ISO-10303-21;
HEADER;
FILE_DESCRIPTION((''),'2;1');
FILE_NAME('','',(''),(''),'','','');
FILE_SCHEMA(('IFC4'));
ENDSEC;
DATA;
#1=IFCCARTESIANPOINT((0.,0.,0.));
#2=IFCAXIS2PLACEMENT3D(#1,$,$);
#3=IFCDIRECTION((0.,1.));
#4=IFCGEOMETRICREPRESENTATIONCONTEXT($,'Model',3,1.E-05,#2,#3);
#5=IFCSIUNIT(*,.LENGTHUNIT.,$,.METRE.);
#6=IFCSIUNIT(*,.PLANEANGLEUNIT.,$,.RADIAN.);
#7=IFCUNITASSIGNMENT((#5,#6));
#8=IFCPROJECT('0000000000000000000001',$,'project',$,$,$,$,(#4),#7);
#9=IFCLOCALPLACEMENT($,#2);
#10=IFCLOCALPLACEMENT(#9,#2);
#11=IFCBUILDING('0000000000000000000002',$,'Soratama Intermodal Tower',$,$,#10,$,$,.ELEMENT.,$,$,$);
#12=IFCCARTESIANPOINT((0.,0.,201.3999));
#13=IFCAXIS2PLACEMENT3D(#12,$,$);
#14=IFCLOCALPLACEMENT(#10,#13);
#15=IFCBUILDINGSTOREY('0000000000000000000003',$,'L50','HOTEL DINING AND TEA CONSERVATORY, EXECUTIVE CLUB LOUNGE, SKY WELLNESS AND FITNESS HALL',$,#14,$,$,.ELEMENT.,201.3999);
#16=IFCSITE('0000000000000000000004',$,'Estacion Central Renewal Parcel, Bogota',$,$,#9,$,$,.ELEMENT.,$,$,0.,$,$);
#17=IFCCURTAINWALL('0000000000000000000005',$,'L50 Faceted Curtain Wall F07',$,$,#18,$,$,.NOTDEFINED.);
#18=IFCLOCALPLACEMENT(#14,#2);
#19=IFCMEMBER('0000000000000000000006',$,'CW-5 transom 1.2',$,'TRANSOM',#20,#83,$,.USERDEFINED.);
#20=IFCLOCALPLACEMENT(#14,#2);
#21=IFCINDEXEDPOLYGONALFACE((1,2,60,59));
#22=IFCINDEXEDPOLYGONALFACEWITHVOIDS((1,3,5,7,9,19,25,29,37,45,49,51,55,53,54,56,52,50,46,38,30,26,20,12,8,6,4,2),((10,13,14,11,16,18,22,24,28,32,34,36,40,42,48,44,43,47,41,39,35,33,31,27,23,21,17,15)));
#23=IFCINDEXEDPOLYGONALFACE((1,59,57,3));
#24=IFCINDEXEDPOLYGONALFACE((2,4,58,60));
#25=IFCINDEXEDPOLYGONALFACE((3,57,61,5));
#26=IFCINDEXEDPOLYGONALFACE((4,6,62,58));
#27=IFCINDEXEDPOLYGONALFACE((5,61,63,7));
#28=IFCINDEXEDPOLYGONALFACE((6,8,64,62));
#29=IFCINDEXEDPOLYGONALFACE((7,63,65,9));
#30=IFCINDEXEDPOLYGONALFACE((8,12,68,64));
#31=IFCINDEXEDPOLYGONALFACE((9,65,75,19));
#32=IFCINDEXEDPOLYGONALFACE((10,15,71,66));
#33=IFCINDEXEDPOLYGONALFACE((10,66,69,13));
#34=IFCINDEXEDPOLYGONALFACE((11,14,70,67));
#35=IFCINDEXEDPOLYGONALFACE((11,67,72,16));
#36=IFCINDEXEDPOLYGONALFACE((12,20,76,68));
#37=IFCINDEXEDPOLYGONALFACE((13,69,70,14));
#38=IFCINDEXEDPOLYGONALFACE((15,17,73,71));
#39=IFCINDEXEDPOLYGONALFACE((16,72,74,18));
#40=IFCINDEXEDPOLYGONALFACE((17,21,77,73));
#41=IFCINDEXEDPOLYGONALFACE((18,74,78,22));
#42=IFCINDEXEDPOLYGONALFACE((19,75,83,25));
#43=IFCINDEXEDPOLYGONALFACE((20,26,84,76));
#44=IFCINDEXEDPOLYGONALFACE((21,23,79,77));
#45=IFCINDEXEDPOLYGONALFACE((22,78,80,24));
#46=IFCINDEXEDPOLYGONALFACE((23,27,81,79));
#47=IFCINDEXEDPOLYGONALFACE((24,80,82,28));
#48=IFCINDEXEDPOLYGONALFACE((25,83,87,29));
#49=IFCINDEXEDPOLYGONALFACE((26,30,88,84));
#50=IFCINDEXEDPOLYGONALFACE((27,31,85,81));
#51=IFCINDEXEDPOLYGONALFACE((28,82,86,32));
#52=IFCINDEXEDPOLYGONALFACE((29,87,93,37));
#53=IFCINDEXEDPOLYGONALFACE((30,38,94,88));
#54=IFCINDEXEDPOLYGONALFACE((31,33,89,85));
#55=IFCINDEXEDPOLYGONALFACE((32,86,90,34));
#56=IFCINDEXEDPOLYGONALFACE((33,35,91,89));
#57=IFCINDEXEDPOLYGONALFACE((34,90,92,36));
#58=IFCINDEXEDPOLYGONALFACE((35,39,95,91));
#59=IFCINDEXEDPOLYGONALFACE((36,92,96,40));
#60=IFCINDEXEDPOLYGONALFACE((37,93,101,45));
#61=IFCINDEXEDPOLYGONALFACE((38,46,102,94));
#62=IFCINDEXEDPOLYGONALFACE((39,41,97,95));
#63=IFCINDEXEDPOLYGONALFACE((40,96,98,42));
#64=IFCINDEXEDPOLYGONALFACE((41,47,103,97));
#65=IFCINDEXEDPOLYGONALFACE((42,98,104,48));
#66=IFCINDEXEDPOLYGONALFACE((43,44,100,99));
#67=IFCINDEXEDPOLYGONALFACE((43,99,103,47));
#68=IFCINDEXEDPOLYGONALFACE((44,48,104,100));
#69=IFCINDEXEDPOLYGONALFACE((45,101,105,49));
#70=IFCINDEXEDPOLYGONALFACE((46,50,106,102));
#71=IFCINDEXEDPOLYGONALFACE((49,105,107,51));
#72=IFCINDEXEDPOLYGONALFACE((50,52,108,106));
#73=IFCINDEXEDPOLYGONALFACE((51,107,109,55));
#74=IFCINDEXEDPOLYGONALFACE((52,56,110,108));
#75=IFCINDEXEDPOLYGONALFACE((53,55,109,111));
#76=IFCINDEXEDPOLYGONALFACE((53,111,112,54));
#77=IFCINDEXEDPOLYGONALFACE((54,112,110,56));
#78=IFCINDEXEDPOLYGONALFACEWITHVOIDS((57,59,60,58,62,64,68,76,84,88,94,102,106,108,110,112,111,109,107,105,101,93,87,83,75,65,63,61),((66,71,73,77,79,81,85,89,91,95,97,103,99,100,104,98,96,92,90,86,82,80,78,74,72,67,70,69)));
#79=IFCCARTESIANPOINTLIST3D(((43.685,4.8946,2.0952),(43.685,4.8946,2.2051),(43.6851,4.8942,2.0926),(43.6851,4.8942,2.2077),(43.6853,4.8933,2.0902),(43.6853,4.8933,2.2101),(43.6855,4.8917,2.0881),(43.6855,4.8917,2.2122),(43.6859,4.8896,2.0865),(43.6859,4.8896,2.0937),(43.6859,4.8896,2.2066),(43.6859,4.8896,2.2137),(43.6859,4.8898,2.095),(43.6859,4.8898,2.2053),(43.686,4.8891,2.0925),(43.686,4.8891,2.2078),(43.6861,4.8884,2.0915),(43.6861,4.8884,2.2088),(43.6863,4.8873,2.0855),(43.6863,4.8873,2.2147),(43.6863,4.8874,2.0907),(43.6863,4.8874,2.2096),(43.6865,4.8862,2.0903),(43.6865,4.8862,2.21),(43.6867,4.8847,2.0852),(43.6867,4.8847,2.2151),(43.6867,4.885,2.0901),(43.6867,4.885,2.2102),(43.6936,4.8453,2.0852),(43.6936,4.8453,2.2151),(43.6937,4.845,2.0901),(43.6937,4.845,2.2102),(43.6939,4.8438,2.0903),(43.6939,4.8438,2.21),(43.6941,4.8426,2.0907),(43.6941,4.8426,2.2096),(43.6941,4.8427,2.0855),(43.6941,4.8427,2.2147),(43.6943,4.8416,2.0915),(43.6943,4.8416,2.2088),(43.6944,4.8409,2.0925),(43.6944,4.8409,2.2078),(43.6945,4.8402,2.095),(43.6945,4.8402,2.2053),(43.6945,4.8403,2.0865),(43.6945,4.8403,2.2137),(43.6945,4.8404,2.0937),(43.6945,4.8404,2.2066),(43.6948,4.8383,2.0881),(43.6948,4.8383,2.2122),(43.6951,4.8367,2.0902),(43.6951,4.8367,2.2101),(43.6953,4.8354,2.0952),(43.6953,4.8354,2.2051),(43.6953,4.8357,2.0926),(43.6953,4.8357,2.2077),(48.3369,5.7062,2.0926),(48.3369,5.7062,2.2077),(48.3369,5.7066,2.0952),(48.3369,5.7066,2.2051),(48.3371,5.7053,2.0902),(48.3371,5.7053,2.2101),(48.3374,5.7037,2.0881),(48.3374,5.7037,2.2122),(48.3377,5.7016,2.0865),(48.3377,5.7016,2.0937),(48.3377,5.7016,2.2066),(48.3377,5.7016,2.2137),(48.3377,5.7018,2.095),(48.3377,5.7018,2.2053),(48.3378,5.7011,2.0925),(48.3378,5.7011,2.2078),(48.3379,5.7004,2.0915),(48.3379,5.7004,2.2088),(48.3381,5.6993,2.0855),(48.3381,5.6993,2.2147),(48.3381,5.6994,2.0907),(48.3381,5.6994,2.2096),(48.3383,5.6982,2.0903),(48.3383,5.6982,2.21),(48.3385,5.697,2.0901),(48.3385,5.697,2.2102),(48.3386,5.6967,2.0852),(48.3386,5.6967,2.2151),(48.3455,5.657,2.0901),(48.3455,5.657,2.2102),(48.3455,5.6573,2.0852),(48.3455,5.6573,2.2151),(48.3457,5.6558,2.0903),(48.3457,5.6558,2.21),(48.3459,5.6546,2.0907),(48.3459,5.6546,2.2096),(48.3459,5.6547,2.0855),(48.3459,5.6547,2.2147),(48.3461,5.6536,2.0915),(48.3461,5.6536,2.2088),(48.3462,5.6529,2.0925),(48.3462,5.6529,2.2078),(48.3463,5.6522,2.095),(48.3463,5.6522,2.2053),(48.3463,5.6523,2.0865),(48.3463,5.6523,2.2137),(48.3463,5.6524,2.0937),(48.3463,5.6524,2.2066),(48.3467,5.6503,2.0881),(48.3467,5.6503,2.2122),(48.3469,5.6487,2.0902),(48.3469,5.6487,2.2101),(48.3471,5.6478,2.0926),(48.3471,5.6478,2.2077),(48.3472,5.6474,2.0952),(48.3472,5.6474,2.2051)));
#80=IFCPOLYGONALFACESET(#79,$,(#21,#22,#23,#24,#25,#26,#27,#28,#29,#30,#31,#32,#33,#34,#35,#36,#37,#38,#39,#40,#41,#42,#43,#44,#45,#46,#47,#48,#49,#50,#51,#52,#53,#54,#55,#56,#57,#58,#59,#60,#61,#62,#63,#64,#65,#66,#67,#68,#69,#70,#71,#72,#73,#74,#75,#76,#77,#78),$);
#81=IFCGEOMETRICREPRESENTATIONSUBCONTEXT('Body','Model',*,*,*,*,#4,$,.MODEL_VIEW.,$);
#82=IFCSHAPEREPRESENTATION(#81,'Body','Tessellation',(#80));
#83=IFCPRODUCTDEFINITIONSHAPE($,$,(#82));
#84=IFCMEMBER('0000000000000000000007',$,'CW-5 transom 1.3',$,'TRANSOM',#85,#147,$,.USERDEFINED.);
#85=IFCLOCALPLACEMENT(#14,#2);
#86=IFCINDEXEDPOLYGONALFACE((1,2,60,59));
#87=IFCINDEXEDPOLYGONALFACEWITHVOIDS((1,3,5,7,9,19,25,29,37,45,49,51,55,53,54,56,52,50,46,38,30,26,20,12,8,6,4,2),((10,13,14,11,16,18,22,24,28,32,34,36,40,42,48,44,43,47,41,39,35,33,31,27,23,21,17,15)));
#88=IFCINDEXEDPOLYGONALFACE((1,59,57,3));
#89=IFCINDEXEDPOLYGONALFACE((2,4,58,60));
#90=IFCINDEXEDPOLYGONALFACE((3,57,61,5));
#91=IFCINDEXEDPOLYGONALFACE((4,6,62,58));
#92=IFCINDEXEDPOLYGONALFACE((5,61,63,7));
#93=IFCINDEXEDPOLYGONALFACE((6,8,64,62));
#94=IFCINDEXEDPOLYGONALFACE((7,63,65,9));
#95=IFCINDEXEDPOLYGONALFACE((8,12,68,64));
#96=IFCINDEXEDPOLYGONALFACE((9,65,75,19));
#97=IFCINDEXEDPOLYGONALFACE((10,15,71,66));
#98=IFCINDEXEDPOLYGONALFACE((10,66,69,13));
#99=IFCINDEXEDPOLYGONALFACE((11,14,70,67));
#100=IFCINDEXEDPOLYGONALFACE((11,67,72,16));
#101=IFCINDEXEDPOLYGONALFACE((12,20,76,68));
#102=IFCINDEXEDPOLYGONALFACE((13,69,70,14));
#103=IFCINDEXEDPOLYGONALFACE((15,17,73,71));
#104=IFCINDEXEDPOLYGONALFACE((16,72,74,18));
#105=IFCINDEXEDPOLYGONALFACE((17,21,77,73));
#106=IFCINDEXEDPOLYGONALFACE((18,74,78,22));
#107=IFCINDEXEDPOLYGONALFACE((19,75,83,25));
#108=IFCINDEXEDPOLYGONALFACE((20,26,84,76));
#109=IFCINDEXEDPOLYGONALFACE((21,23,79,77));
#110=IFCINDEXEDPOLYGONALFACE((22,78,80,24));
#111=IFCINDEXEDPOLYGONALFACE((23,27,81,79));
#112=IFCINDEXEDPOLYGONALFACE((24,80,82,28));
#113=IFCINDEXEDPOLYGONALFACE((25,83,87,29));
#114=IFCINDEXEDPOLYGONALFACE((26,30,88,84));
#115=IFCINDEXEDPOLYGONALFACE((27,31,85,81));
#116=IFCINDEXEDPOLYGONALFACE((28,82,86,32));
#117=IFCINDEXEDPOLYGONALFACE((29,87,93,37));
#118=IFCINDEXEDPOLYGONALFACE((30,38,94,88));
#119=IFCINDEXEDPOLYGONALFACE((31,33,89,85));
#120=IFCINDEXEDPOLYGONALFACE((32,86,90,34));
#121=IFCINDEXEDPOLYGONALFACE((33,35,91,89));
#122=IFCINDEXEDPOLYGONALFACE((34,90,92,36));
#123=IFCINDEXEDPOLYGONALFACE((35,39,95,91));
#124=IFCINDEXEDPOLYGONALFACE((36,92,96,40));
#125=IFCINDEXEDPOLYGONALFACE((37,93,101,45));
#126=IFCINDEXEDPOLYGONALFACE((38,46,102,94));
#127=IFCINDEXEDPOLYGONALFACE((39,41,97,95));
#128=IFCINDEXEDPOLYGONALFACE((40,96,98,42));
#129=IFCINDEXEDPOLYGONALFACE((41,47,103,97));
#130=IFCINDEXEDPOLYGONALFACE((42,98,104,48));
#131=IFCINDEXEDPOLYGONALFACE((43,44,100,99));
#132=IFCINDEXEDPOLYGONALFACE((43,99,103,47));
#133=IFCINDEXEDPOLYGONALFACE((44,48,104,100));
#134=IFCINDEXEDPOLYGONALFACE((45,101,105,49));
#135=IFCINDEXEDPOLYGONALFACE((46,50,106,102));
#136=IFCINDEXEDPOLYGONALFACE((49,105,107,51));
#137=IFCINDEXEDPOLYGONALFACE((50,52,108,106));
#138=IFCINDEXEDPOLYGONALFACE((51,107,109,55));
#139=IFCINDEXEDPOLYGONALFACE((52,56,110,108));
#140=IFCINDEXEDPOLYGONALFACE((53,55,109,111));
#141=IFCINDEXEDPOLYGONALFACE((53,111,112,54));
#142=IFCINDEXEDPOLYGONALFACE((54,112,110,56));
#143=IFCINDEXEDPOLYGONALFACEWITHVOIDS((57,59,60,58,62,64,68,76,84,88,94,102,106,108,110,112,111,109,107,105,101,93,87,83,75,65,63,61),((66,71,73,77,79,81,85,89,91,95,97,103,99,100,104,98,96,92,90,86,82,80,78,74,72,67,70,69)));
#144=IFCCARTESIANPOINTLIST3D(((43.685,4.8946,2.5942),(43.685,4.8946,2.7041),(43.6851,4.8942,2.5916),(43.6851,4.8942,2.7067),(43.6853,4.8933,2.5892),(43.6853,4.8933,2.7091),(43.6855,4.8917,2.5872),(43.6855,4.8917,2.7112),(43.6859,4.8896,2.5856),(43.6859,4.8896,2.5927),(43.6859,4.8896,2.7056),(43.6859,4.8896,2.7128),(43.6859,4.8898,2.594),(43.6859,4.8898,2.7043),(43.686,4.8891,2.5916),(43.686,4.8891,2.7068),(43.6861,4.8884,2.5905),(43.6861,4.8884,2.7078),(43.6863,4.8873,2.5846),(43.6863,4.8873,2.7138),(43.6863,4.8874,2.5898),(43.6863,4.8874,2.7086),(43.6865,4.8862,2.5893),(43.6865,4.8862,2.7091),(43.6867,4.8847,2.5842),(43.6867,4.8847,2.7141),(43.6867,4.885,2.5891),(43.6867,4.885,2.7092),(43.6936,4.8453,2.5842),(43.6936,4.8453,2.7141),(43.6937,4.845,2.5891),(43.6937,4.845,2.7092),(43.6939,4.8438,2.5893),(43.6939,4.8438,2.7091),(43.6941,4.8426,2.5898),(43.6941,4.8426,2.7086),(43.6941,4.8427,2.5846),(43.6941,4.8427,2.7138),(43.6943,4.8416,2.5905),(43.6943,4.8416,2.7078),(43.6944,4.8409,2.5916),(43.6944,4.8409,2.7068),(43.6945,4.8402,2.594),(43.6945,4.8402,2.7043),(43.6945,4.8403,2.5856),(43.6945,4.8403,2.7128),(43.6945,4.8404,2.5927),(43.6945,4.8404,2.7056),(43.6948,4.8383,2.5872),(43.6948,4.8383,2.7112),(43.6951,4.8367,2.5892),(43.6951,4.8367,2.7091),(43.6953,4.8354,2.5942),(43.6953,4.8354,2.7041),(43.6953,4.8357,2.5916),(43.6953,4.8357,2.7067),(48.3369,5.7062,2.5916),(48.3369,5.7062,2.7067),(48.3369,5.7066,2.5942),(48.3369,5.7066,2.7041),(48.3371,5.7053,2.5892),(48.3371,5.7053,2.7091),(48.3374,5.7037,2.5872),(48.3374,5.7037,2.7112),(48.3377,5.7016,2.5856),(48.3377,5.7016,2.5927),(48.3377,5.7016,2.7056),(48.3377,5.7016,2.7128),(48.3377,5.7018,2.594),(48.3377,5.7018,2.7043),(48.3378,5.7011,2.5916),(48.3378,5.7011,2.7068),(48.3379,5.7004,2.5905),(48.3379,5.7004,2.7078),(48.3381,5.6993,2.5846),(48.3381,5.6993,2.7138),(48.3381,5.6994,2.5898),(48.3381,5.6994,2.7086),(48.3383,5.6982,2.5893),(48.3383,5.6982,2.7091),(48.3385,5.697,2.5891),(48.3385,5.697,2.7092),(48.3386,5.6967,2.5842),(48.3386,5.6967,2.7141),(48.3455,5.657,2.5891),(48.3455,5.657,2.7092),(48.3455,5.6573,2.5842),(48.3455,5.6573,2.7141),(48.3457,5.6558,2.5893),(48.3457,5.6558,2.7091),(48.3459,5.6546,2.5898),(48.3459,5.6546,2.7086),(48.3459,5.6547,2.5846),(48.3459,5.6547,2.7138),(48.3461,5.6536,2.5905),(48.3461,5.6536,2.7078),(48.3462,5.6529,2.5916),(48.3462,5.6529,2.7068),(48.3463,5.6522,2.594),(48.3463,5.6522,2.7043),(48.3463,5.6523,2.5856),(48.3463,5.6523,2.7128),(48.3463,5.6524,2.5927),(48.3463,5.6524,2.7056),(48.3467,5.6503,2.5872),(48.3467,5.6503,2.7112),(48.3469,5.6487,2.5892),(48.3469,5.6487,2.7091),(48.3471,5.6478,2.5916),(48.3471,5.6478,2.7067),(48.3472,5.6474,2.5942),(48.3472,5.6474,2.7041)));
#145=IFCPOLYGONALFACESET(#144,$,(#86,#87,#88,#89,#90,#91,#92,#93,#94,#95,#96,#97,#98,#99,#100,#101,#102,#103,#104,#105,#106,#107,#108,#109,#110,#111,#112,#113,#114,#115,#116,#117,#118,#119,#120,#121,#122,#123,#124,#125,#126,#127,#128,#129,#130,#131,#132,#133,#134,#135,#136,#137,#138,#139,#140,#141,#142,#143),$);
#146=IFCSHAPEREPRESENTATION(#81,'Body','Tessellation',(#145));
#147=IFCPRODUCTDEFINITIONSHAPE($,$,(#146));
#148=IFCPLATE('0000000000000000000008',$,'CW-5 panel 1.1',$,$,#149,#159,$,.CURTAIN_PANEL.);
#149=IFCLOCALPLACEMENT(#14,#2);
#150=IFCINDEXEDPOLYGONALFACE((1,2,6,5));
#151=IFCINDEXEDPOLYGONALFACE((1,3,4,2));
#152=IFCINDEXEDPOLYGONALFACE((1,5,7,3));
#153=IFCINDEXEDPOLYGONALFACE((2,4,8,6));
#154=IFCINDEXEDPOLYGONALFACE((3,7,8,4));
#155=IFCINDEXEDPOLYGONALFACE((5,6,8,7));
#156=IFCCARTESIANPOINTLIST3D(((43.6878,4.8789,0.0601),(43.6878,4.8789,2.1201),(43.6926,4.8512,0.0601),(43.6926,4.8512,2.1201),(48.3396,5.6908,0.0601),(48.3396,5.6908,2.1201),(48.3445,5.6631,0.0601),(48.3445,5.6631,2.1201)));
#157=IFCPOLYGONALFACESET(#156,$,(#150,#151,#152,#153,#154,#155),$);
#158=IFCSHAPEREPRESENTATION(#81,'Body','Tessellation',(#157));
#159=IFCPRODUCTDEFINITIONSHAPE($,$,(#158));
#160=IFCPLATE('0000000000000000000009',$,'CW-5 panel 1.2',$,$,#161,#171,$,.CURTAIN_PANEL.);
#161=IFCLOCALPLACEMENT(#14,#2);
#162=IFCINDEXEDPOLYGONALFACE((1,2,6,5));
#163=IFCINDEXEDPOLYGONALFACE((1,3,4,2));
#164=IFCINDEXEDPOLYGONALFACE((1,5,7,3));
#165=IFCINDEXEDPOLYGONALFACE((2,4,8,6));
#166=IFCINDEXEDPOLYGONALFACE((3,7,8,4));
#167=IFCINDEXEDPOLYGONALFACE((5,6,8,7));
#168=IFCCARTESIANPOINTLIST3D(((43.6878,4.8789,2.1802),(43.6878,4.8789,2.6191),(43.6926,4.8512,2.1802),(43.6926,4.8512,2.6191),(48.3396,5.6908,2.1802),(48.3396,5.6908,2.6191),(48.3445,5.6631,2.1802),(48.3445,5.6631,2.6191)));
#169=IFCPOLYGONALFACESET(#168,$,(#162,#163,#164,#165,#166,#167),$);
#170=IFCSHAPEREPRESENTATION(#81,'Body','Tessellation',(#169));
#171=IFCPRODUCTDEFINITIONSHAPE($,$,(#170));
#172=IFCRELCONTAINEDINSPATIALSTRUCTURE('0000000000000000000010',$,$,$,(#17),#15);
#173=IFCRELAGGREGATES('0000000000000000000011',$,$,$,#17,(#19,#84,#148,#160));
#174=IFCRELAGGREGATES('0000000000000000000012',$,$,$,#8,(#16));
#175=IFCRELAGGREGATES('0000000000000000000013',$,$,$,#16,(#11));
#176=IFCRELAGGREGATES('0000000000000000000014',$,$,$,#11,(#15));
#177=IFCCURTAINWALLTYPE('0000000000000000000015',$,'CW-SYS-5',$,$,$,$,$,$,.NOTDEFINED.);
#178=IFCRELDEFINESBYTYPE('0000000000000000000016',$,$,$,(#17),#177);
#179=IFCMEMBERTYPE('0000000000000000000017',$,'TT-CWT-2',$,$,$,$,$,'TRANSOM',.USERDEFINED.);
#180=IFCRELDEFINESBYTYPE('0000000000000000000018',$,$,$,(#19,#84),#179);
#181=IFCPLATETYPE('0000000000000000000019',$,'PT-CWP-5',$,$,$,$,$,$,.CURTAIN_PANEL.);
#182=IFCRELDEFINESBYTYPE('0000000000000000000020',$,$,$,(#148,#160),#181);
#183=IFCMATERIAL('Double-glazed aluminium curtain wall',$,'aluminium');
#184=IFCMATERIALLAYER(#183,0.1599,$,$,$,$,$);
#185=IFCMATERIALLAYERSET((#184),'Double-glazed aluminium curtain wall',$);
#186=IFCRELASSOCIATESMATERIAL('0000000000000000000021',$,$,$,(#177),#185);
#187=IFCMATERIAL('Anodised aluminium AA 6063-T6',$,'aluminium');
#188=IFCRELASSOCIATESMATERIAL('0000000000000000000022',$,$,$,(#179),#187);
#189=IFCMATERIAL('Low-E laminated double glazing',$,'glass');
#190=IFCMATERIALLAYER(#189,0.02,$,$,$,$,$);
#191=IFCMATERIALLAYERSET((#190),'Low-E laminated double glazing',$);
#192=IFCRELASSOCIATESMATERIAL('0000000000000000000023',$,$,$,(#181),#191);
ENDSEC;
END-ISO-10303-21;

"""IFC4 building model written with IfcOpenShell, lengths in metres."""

from ifc_helpers import new_model, si_unit, direction, frame, origin, origin_2d, place, context, subcontext, project, spatial, rectangle, hollow_rectangle, extrude, material, layer, layer_set, material_profile, profile_set, type_object, element, aggregate, save


model = new_model("IFC4")

# Units and contexts
model_context = context("Model", 3, precision=1e-05, world=origin(), true_north=direction((0.0, 1.0)))
body_context = subcontext(model_context, "Body", "Model", "MODEL_VIEW")
ifc_project = project(units=[si_unit("LENGTHUNIT", "METRE"), si_unit("PLANEANGLEUNIT", "RADIAN")], contexts=[model_context])

# Site, building, storey
site_placement = place(None, origin())
site = spatial("IfcSite", under=ifc_project, at=site_placement, Name="Estacion Central Renewal Parcel, Bogota", CompositionType="ELEMENT", RefElevation=0.0)
building_placement = place(site_placement, origin())
building = spatial("IfcBuilding", under=site, at=building_placement, Name="Soratama Intermodal Tower", CompositionType="ELEMENT")
storey_placement = place(building_placement, frame((0.0, 0.0, 201.3999)))
storey = spatial("IfcBuildingStorey", under=building, at=storey_placement, Name="L50", Description="HOTEL DINING AND TEA CONSERVATORY, EXECUTIVE CLUB LOUNGE, SKY WELLNESS AND FITNESS HALL", CompositionType="ELEMENT", Elevation=201.3999)

# Shared definitions
ifc_material_1 = material(Name="Double-glazed aluminium curtain wall", Category="aluminium")
ifc_layer_1 = layer(ifc_material_1, 0.1599)
ifc_layer_set_1 = layer_set([ifc_layer_1], Name="Double-glazed aluminium curtain wall")
curtain_wall_type = type_object("IfcCurtainWallType", Name="CW-SYS-5", PredefinedType="NOTDEFINED", material=ifc_layer_set_1)

# Curtain wall, members, plates
curtain_wall_1_placement = place(storey_placement, origin())
curtain_wall_1 = element("IfcCurtainWall", 1, at=curtain_wall_1_placement, inside=storey, type_object=curtain_wall_type, Name="L50 Faceted Curtain Wall F07", PredefinedType="NOTDEFINED")
ifc_material_2 = material(Name="Anodised aluminium AA 6063-T6", Category="aluminium")
ifc_material_profile_1 = material_profile(ifc_material_2, hollow_rectangle(XDim=0.0601, YDim=0.1299, WallThickness=0.0049, InnerFilletRadius=0.0049, OuterFilletRadius=0.01, at=origin_2d()), Name="CWT130X60X5")
ifc_profile_set_1 = profile_set([ifc_material_profile_1], Name="Anodised aluminium AA 6063-T6")
member_type_1 = type_object("IfcMemberType", Name="TT-CWT-2", ElementType="TRANSOM", PredefinedType="USERDEFINED", material=ifc_profile_set_1)
member_1_placement = place(storey_placement, frame((43.6902, 4.865, 2.1501), z_axis=(0.985105, 0.171956, 0.0), x_axis=(-0.171956, 0.985105, 0.0)))
member_1 = element("IfcMember", 2, at=member_1_placement, type_object=member_type_1, Name="CW-5 transom 1.2", ObjectType="TRANSOM", PredefinedType="USERDEFINED", context=body_context, shape_type="SweptSolid", body=[
    extrude(hollow_rectangle(XDim=0.0601, YDim=0.1299, WallThickness=0.0049, InnerFilletRadius=0.0049, OuterFilletRadius=0.01, at=origin_2d()), origin(), (0.0, 0.0, 1.0), 4.7222),
])
member_2_placement = place(storey_placement, frame((43.6902, 4.865, 2.6492), z_axis=(0.985105, 0.171956, 0.0), x_axis=(-0.171956, 0.985105, 0.0)))
member_2 = element("IfcMember", 3, at=member_2_placement, type_object=member_type_1, Name="CW-5 transom 1.3", ObjectType="TRANSOM", PredefinedType="USERDEFINED", context=body_context, shape_type="SweptSolid", body=[
    extrude(hollow_rectangle(XDim=0.0601, YDim=0.1299, WallThickness=0.0049, InnerFilletRadius=0.0049, OuterFilletRadius=0.01, at=origin_2d()), origin(), (0.0, 0.0, 1.0), 4.7222),
])
ifc_material_3 = material(Name="Low-E laminated double glazing", Category="glass")
ifc_layer_2 = layer(ifc_material_3, 0.02)
ifc_layer_set_2 = layer_set([ifc_layer_2], Name="Low-E laminated double glazing")
plate_type = type_object("IfcPlateType", Name="PT-CWP-5", PredefinedType="CURTAIN_PANEL", material=ifc_layer_set_2)
plate_1_placement = place(storey_placement, frame((46.0161, 5.271, 0.0601), z_axis=(0.0, 0.0, 1.0), x_axis=(0.985109, 0.171933, 0.0)))
plate_1 = element("IfcPlate", 4, at=plate_1_placement, type_object=plate_type, Name="CW-5 panel 1.1", PredefinedType="CURTAIN_PANEL", context=body_context, shape_type="SweptSolid", body=[
    extrude(rectangle(XDim=4.7222, YDim=0.0281, at=origin_2d()), origin(), (0.0, 0.0, 1.0), 2.0601),
])
plate_2_placement = place(storey_placement, frame((46.0161, 5.271, 2.1802), z_axis=(0.0, 0.0, 1.0), x_axis=(0.985109, 0.171933, 0.0)))
plate_2 = element("IfcPlate", 5, at=plate_2_placement, type_object=plate_type, Name="CW-5 panel 1.2", PredefinedType="CURTAIN_PANEL", context=body_context, shape_type="SweptSolid", body=[
    extrude(rectangle(XDim=4.7222, YDim=0.0281, at=origin_2d()), origin(), (0.0, 0.0, 1.0), 0.439),
])
aggregate(curtain_wall_1, [member_1, member_2, plate_1, plate_2])

save(model, "model.ifc")
